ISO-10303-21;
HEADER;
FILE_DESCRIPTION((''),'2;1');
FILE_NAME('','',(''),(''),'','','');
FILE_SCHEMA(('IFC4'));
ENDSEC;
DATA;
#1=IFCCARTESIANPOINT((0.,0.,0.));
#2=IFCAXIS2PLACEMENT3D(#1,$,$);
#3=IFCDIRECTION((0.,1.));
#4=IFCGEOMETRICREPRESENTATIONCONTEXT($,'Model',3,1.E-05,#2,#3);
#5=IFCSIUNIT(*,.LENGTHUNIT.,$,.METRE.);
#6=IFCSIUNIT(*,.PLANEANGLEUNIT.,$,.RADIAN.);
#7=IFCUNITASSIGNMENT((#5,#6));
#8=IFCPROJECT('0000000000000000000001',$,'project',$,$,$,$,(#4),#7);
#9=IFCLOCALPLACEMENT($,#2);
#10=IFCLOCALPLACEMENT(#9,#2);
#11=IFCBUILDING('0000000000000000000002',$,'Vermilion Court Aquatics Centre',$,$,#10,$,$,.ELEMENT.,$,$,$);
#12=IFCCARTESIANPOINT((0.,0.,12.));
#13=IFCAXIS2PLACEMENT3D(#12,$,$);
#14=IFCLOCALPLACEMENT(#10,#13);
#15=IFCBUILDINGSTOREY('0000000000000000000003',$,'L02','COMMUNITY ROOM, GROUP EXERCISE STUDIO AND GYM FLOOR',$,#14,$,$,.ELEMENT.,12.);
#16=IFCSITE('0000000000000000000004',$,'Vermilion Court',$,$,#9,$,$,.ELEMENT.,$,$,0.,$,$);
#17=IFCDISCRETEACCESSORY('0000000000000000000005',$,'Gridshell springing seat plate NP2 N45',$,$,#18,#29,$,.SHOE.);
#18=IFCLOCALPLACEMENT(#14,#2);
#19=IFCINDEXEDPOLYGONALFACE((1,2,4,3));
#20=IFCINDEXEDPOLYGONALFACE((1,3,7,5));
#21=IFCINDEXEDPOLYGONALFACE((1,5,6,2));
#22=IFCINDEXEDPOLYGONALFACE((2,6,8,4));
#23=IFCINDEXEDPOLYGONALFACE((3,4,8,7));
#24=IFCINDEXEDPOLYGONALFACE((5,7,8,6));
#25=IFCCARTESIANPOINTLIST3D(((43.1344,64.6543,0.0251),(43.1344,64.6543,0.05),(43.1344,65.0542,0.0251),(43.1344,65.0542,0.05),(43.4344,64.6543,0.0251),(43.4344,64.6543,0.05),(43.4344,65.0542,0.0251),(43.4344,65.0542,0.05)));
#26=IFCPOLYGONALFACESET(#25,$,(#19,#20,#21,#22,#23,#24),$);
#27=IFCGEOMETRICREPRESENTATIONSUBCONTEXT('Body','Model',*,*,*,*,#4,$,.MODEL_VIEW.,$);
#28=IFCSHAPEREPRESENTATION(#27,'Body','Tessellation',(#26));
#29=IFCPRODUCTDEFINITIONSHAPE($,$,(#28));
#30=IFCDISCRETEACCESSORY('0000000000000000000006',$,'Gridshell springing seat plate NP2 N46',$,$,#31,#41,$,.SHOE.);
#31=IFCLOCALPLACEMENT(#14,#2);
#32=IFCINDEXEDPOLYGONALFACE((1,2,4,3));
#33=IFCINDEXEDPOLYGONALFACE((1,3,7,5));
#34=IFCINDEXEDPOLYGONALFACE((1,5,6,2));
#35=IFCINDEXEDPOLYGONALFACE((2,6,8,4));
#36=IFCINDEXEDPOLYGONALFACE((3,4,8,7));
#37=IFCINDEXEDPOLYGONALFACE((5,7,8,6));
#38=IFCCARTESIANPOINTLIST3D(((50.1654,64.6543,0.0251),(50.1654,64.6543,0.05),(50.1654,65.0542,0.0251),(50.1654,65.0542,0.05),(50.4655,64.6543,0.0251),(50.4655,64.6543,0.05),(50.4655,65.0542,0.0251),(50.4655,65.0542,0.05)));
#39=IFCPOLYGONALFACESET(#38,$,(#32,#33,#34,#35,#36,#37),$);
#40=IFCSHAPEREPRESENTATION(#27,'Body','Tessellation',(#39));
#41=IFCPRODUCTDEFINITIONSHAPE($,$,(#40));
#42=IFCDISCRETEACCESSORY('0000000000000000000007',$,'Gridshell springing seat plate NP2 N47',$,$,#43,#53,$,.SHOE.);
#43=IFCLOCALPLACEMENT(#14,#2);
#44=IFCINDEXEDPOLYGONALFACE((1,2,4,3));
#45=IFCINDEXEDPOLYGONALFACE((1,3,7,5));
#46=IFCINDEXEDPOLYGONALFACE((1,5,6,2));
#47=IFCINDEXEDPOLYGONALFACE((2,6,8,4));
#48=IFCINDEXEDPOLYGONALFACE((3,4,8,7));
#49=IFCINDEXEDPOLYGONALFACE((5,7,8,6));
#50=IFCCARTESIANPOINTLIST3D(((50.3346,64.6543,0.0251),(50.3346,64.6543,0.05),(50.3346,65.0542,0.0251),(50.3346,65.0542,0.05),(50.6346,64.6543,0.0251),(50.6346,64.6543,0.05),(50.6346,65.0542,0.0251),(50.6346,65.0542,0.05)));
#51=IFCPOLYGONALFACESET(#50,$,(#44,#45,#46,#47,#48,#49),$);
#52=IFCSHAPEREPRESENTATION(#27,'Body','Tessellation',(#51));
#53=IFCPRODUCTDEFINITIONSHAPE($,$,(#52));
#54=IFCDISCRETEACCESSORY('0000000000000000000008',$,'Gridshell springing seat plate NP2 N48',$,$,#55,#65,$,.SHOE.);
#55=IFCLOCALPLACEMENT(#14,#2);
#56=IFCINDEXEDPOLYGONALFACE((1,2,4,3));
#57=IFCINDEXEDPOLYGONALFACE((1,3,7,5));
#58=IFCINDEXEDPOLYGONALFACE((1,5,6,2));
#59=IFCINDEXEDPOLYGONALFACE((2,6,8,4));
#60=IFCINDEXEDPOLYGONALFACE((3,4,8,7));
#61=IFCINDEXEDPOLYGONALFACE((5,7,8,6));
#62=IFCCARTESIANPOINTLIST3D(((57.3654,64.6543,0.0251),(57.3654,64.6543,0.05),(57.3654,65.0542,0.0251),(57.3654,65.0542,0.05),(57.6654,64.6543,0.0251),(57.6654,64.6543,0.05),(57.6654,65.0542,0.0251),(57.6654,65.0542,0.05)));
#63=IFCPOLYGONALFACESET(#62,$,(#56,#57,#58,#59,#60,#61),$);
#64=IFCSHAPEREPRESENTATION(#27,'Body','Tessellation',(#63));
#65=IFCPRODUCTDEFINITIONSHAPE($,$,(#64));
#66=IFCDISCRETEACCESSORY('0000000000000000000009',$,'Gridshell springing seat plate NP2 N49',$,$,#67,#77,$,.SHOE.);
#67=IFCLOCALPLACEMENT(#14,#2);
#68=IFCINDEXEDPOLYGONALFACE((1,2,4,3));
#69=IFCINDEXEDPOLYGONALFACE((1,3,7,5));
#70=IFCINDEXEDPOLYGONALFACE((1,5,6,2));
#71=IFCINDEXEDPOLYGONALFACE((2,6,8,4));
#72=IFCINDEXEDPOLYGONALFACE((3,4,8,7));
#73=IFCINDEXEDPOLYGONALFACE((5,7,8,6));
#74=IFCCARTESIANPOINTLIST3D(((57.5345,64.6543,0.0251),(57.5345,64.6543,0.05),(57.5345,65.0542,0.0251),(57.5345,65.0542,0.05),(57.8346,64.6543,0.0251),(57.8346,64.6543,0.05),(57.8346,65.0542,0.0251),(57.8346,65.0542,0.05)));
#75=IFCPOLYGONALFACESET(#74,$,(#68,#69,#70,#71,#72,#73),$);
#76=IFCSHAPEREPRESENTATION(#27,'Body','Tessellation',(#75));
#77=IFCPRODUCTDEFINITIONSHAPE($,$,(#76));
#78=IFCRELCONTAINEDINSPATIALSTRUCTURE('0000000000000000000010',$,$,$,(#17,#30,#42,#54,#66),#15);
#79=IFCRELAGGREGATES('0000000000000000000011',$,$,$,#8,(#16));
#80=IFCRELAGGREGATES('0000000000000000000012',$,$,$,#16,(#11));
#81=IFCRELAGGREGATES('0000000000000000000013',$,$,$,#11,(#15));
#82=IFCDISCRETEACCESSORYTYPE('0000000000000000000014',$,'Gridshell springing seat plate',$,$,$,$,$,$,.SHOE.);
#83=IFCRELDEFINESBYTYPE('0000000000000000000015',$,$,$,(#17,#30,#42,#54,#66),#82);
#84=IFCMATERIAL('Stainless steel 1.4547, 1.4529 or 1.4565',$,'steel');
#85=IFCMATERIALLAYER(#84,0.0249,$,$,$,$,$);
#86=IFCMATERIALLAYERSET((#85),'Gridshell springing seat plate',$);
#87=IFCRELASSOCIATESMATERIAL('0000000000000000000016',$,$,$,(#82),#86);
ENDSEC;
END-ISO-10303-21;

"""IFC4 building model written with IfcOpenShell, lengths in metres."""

from ifc_helpers import new_model, si_unit, direction, frame, origin, origin_2d, place, context, subcontext, project, spatial, rectangle, extrude, material, layer, layer_set, type_object, element, save


model = new_model("IFC4")

# Units and contexts
model_context = context("Model", 3, precision=1e-05, world=origin(), true_north=direction((0.0, 1.0)))
body_context = subcontext(model_context, "Body", "Model", "MODEL_VIEW")
ifc_project = project(units=[si_unit("LENGTHUNIT", "METRE"), si_unit("PLANEANGLEUNIT", "RADIAN")], contexts=[model_context])

# Site, building, storey
site_placement = place(None, origin())
site = spatial("IfcSite", under=ifc_project, at=site_placement, Name="Vermilion Court", CompositionType="ELEMENT", RefElevation=0.0)
building_placement = place(site_placement, origin())
building = spatial("IfcBuilding", under=site, at=building_placement, Name="Vermilion Court Aquatics Centre", CompositionType="ELEMENT")
storey_placement = place(building_placement, frame((0.0, 0.0, 12.0)))
storey = spatial("IfcBuildingStorey", under=building, at=storey_placement, Name="L02", Description="COMMUNITY ROOM, GROUP EXERCISE STUDIO AND GYM FLOOR", CompositionType="ELEMENT", Elevation=12.0)

# Discrete accessories
ifc_material_1 = material(Name="Stainless steel 1.4547, 1.4529 or 1.4565", Category="steel")
ifc_layer_1 = layer(ifc_material_1, 0.0249)
ifc_layer_set_1 = layer_set([ifc_layer_1], Name="Gridshell springing seat plate")
discrete_accessory_type_1 = type_object("IfcDiscreteAccessoryType", Name="Gridshell springing seat plate", PredefinedType="SHOE", material=ifc_layer_set_1)
for number, where, z_axis, x_axis, name in (
    (1, (43.2844, 64.8542, 0.0251), (0.0, 0.0, 1.0), (1.0, 0.0, 0.0), "Gridshell springing seat plate NP2 N45"),
    (2, (50.3154, 64.8542, 0.0251), (0.0, 0.0, 1.0), (1.0, 0.0, 0.0), "Gridshell springing seat plate NP2 N46"),
    (3, (50.4846, 64.8542, 0.0251), (0.0, 0.0, 1.0), (1.0, 0.0, 0.0), "Gridshell springing seat plate NP2 N47"),
    (4, (57.5154, 64.8542, 0.0251), (0.0, 0.0, 1.0), (1.0, 0.0, 0.0), "Gridshell springing seat plate NP2 N48"),
    (5, (57.6846, 64.8542, 0.0251), (0.0, 0.0, 1.0), (1.0, 0.0, 0.0), "Gridshell springing seat plate NP2 N49"),
):
    element("IfcDiscreteAccessory", number, at=place(storey_placement, frame(where, z_axis=z_axis, x_axis=x_axis)), inside=storey, type_object=discrete_accessory_type_1, Name=name, PredefinedType="SHOE", context=body_context, shape_type="SweptSolid", body=[
        extrude(rectangle(XDim=0.3, YDim=0.3999, at=origin_2d()), origin(), (0.0, 0.0, 1.0), 0.0249),
    ])

save(model, "model.ifc")
